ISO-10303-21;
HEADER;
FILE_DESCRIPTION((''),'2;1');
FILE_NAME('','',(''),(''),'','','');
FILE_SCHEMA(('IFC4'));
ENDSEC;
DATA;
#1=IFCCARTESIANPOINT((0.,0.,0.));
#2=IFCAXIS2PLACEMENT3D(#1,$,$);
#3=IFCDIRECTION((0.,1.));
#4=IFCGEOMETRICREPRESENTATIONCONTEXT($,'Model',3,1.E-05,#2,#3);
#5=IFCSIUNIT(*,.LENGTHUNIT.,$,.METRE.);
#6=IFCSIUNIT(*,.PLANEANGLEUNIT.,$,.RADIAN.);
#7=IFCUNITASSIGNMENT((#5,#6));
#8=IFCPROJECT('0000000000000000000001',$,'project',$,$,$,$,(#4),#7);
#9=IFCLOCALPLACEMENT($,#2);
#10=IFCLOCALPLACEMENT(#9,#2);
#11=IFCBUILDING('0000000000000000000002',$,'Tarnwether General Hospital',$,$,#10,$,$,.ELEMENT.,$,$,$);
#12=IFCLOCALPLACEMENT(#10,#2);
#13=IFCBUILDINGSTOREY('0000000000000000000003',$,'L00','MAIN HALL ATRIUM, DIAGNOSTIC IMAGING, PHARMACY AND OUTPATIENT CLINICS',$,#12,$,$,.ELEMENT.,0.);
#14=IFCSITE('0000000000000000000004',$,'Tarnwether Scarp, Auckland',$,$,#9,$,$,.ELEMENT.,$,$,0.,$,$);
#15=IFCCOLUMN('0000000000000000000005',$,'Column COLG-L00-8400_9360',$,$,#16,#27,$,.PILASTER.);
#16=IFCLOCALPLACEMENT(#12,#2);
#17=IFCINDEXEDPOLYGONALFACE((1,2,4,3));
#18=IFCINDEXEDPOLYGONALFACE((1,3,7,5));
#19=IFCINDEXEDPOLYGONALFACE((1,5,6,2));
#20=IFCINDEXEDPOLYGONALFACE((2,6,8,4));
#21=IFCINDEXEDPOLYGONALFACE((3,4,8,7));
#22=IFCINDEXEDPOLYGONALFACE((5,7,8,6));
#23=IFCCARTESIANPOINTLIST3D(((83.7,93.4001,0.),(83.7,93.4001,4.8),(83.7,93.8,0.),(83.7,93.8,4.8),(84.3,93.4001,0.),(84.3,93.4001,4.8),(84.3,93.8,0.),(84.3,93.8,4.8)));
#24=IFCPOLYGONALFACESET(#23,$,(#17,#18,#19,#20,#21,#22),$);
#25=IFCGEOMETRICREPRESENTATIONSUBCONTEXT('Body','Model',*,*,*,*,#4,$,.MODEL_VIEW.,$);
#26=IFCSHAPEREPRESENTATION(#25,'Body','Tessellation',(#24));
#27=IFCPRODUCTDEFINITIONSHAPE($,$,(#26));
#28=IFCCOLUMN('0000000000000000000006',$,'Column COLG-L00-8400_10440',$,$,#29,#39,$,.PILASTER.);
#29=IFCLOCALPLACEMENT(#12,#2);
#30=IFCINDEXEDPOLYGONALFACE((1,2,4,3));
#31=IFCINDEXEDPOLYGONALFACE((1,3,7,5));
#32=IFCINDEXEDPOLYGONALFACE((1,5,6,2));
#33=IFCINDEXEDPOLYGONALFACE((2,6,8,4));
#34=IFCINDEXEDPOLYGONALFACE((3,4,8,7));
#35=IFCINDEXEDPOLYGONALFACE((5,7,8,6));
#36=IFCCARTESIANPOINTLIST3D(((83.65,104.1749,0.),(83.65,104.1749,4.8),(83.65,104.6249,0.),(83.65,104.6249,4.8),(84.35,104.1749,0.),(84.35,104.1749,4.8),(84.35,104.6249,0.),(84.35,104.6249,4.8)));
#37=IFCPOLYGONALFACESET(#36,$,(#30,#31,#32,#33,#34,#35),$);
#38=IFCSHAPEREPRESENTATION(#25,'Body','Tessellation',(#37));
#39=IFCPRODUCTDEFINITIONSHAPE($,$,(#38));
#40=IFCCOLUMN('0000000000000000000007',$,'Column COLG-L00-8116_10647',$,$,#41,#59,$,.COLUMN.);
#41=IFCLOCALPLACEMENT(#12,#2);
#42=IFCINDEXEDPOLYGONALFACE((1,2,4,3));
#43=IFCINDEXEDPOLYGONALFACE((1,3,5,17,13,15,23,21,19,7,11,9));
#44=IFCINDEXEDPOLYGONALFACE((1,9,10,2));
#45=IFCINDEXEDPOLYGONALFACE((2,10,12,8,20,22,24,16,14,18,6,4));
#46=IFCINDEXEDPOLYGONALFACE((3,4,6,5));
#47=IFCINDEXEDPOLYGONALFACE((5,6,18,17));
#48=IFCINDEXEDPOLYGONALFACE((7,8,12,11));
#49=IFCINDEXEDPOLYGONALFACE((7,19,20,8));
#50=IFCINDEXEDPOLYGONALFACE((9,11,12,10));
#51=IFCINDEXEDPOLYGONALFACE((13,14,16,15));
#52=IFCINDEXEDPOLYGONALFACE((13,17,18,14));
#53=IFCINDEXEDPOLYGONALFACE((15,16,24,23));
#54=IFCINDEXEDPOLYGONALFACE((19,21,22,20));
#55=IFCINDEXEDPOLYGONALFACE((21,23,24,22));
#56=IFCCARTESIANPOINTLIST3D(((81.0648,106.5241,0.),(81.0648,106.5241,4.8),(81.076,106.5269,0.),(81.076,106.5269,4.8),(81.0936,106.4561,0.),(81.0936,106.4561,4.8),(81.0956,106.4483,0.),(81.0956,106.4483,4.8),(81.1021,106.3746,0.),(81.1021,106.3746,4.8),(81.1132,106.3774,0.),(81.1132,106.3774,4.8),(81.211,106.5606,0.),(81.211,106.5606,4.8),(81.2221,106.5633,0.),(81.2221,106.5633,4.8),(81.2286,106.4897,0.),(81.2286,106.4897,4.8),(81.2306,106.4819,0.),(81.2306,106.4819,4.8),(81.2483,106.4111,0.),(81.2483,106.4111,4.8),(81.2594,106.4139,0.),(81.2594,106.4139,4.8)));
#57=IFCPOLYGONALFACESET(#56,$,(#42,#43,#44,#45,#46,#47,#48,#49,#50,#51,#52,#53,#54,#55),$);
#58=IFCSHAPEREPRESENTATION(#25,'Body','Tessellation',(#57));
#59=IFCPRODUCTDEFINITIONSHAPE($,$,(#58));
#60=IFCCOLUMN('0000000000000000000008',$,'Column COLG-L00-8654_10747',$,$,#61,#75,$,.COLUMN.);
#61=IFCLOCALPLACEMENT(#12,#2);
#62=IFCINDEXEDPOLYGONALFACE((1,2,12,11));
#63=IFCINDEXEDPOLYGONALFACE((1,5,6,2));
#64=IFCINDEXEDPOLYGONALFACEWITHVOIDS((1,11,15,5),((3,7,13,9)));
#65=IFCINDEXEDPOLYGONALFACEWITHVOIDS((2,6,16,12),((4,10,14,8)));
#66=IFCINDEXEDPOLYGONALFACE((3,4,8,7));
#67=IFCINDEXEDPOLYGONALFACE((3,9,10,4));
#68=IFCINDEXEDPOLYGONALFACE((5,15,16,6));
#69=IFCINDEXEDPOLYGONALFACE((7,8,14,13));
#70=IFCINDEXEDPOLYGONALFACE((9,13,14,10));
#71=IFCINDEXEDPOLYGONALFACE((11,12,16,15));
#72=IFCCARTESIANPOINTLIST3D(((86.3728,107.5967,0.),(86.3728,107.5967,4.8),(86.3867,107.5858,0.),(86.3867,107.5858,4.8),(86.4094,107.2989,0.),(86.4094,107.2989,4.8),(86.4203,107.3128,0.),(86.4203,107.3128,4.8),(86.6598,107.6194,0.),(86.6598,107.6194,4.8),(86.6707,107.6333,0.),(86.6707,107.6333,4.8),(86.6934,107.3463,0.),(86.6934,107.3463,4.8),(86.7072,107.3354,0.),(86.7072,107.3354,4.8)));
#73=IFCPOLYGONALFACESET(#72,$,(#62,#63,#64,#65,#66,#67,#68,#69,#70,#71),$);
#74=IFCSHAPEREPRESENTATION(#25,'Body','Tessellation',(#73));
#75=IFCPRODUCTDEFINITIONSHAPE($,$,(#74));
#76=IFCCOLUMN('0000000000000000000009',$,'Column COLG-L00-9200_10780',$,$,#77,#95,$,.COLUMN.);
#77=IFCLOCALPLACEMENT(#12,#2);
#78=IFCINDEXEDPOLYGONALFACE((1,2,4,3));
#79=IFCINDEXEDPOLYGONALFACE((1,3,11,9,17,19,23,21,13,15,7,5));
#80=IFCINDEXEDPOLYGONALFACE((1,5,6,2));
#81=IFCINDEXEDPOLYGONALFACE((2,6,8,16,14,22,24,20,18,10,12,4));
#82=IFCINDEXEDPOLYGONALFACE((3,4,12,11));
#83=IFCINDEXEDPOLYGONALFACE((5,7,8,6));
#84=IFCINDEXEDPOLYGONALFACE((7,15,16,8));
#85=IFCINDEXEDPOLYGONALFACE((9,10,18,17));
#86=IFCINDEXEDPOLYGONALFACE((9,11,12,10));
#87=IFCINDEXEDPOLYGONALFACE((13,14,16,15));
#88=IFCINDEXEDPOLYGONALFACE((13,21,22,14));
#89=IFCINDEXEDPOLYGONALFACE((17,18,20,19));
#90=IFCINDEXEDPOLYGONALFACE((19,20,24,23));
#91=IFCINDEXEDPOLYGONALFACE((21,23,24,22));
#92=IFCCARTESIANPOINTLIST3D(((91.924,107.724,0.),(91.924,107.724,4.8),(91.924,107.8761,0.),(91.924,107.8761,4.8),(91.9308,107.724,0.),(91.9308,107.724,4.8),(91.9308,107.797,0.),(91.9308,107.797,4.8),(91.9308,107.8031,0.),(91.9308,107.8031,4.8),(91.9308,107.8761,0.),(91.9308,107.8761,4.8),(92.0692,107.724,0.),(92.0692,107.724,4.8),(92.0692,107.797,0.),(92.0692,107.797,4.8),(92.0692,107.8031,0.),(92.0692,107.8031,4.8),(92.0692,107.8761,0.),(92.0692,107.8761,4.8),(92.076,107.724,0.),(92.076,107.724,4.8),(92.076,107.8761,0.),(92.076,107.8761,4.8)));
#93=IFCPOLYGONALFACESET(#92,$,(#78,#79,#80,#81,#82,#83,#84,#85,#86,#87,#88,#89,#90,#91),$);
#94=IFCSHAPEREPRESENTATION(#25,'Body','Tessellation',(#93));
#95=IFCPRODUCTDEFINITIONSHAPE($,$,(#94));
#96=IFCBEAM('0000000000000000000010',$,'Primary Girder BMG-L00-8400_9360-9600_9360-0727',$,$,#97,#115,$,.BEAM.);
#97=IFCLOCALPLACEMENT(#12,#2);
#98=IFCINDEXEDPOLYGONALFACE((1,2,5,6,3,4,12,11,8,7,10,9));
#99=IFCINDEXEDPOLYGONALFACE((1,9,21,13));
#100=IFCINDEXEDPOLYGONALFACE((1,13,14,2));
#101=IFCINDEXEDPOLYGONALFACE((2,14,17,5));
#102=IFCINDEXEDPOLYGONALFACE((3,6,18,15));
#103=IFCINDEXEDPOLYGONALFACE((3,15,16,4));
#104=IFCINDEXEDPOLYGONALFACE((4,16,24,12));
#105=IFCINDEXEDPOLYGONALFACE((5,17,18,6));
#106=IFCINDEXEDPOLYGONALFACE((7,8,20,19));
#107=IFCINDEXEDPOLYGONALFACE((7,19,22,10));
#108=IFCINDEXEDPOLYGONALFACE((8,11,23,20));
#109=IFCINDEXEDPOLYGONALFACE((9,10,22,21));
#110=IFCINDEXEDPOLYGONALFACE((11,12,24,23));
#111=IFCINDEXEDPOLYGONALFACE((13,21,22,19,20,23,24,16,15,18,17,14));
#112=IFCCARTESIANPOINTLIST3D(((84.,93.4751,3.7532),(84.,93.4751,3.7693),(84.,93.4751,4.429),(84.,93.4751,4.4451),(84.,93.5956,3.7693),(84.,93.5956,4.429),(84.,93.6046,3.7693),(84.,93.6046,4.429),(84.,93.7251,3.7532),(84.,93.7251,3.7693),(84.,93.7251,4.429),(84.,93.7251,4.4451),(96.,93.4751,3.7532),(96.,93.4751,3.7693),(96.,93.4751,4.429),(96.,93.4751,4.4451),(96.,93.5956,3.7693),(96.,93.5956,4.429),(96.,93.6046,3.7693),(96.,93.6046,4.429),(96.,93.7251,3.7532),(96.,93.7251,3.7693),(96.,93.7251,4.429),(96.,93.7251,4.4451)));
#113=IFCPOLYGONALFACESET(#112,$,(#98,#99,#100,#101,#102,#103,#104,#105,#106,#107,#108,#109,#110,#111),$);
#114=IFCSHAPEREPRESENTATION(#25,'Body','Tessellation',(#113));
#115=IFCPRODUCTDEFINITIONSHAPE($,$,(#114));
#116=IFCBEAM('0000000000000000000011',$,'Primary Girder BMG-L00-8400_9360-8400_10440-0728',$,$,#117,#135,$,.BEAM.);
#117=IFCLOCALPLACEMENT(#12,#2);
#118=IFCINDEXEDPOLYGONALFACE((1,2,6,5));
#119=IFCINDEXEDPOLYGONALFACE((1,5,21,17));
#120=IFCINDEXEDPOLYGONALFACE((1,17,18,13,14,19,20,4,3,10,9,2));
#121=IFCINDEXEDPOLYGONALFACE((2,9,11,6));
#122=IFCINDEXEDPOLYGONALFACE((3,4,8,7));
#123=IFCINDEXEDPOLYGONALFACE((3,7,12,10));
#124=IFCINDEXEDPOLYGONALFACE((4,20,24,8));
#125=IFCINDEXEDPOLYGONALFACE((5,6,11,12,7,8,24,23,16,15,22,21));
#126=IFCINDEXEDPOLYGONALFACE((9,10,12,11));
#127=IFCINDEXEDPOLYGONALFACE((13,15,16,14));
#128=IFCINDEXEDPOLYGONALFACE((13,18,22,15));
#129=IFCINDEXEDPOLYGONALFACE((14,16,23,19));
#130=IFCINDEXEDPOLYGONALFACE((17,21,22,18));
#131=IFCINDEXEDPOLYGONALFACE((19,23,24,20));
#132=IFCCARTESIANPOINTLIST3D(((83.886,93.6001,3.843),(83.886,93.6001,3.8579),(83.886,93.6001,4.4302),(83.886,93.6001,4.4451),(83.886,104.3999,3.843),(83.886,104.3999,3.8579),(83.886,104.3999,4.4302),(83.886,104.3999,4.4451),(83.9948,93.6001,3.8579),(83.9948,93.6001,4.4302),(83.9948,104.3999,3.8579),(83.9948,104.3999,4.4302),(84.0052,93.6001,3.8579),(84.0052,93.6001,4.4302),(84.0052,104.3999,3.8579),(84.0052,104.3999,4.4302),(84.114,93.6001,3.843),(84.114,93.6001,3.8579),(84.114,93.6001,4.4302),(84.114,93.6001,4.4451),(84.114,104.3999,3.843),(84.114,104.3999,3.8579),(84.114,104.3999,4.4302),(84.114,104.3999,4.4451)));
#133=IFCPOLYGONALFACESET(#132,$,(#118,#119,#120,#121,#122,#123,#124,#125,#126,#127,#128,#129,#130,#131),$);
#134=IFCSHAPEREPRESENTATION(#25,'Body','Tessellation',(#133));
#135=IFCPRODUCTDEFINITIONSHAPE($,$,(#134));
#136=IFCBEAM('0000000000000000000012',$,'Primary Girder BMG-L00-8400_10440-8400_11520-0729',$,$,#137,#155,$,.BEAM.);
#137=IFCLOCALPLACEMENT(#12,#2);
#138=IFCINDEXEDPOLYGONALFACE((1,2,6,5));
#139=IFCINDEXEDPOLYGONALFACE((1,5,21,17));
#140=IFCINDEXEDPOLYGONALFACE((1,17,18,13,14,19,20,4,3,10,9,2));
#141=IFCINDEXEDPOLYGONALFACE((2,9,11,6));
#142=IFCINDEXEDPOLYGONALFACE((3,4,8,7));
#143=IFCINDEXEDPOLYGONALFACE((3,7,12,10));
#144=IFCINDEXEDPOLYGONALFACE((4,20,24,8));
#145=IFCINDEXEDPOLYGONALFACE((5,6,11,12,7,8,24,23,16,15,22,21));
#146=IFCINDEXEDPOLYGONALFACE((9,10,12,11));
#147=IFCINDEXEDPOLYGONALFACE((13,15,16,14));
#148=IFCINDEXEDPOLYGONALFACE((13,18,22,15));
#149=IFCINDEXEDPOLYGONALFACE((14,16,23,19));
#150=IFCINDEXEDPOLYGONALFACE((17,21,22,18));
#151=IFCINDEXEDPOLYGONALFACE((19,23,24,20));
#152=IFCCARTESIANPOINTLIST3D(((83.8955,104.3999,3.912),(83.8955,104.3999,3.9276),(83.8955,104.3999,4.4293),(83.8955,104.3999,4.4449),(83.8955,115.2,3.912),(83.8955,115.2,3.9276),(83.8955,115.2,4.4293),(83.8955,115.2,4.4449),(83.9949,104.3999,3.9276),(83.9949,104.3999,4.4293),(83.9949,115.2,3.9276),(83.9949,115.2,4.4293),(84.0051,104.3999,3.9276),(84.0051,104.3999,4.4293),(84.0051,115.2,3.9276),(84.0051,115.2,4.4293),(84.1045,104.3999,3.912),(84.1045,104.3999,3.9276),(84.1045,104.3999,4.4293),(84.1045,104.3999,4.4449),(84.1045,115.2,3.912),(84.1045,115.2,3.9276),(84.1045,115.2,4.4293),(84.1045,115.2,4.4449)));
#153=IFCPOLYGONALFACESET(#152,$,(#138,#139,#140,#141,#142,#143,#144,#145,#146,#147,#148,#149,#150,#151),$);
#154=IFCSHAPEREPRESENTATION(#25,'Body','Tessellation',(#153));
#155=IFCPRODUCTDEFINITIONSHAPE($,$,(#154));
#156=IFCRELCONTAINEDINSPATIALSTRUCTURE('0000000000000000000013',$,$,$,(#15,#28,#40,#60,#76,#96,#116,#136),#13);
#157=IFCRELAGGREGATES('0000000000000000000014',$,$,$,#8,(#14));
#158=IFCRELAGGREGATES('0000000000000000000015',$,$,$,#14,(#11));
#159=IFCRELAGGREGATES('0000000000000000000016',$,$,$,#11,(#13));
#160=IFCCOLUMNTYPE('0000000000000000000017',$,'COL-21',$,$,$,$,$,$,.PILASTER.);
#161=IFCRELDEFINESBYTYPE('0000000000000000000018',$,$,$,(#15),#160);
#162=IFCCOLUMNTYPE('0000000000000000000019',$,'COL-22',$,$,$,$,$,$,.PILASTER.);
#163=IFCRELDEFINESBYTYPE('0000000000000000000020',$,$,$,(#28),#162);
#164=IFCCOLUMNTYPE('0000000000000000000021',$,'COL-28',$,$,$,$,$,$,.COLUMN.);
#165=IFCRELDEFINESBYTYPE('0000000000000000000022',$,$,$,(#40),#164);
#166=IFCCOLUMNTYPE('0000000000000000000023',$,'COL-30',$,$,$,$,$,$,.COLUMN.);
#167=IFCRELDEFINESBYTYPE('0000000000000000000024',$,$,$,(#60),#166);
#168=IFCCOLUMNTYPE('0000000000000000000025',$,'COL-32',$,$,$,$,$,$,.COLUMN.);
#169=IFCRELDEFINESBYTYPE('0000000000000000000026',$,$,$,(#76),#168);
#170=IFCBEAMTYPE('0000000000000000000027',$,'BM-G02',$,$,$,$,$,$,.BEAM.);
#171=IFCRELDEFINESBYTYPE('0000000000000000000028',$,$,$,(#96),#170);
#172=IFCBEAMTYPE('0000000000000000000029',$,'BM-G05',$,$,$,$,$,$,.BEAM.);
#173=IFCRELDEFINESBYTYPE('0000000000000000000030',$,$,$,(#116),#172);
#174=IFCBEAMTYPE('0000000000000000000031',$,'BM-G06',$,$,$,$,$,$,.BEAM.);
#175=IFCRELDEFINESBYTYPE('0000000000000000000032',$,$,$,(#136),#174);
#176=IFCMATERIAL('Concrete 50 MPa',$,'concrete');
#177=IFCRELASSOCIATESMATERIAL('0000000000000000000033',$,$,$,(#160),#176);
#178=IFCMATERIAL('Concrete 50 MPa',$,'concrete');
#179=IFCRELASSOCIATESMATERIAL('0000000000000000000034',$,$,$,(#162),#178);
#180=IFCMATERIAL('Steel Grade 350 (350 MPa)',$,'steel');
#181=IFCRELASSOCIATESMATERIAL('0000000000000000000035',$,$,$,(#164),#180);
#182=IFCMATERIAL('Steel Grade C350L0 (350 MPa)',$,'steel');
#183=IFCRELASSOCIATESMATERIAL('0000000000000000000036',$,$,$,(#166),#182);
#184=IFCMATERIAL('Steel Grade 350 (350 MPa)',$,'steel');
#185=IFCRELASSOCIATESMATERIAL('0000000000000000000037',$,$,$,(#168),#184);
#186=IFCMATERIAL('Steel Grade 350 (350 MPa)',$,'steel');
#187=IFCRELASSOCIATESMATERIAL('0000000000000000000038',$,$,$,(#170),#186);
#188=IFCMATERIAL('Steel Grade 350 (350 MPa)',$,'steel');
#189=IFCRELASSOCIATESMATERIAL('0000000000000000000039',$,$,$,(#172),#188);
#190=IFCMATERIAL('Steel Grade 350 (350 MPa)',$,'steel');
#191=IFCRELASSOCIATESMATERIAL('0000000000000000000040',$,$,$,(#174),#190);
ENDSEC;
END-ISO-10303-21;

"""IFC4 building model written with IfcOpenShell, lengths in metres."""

from ifc_helpers import new_model, si_unit, direction, frame, origin, origin_2d, place, context, subcontext, project, spatial, rectangle, hollow_rectangle, i_section, extrude, material, material_profile, profile_set, type_object, element, save


model = new_model("IFC4")

# Units and contexts
model_context = context("Model", 3, precision=1e-05, world=origin(), true_north=direction((0.0, 1.0)))
body_context = subcontext(model_context, "Body", "Model", "MODEL_VIEW")
ifc_project = project(units=[si_unit("LENGTHUNIT", "METRE"), si_unit("PLANEANGLEUNIT", "RADIAN")], contexts=[model_context])

# Site, building, storey
site_placement = place(None, origin())
site = spatial("IfcSite", under=ifc_project, at=site_placement, Name="Tarnwether Scarp, Auckland", CompositionType="ELEMENT", RefElevation=0.0)
building_placement = place(site_placement, origin())
building = spatial("IfcBuilding", under=site, at=building_placement, Name="Tarnwether General Hospital", CompositionType="ELEMENT")
storey_placement = place(building_placement, origin())
storey = spatial("IfcBuildingStorey", under=building, at=storey_placement, Name="L00", Description="MAIN HALL ATRIUM, DIAGNOSTIC IMAGING, PHARMACY AND OUTPATIENT CLINICS", CompositionType="ELEMENT", Elevation=0.0)

# Columns
ifc_material_1 = material(Name="Concrete 50 MPa", Category="concrete")
ifc_material_profile_1 = material_profile(ifc_material_1, rectangle(XDim=0.3999, YDim=0.6001, at=origin_2d()), Name="RC-PIL-400x600")
ifc_profile_set_1 = profile_set([ifc_material_profile_1], Name="Concrete 50 MPa")
column_type_1 = type_object("IfcColumnType", Name="COL-21", PredefinedType="PILASTER", material=ifc_profile_set_1)
column_1_placement = place(storey_placement, frame((84.0, 93.6001, 0.0), z_axis=(0.0, 0.0, 1.0), x_axis=(0.0, 1.0, 0.0)))
element("IfcColumn", 1, at=column_1_placement, inside=storey, type_object=column_type_1, Name="Column COLG-L00-8400_9360", PredefinedType="PILASTER", context=body_context, shape_type="SweptSolid", body=[
    extrude(rectangle(XDim=0.3999, YDim=0.6001, at=origin_2d()), origin(), (0.0, 0.0, 1.0), 4.8),
])
ifc_material_2 = material(Name="Concrete 50 MPa", Category="concrete")
ifc_material_profile_2 = material_profile(ifc_material_2, rectangle(XDim=0.45, YDim=0.7, at=origin_2d()), Name="RC-PIL-450x700")
ifc_profile_set_2 = profile_set([ifc_material_profile_2], Name="Concrete 50 MPa")
column_type_2 = type_object("IfcColumnType", Name="COL-22", PredefinedType="PILASTER", material=ifc_profile_set_2)
column_2_placement = place(storey_placement, frame((84.0, 104.3999, 0.0), z_axis=(0.0, 0.0, 1.0), x_axis=(0.0, 1.0, 0.0)))
element("IfcColumn", 2, at=column_2_placement, inside=storey, type_object=column_type_2, Name="Column COLG-L00-8400_10440", PredefinedType="PILASTER", context=body_context, shape_type="SweptSolid", body=[
    extrude(rectangle(XDim=0.45, YDim=0.7, at=origin_2d()), origin(), (0.0, 0.0, 1.0), 4.8),
])
ifc_material_3 = material(Name="Steel Grade 350 (350 MPa)", Category="steel")
ifc_material_profile_3 = material_profile(ifc_material_3, i_section(OverallWidth=0.1541, OverallDepth=0.1621, WebThickness=0.0081, FlangeThickness=0.0115, at=origin_2d()), Name="150UC37.2")
ifc_profile_set_3 = profile_set([ifc_material_profile_3], Name="Steel Grade 350 (350 MPa)")
column_type_3 = type_object("IfcColumnType", Name="COL-28", PredefinedType="COLUMN", material=ifc_profile_set_3)
column_3_placement = place(storey_placement, frame((81.1621, 106.469, 0.0), z_axis=(0.0, 0.0, 1.0), x_axis=(-0.241922, 0.970296, 0.0)))
element("IfcColumn", 3, at=column_3_placement, inside=storey, type_object=column_type_3, Name="Column COLG-L00-8116_10647", PredefinedType="COLUMN", context=body_context, shape_type="SweptSolid", body=[
    extrude(i_section(OverallWidth=0.1541, OverallDepth=0.1621, WebThickness=0.0081, FlangeThickness=0.0115, at=origin_2d()), origin(), (0.0, 0.0, 1.0), 4.8),
])
ifc_material_4 = material(Name="Steel Grade C350L0 (350 MPa)", Category="steel")
ifc_material_profile_4 = material_profile(ifc_material_4, hollow_rectangle(XDim=0.3, YDim=0.3, WallThickness=0.0125, at=origin_2d()), Name="SHS300x300x12.5")
ifc_profile_set_4 = profile_set([ifc_material_profile_4], Name="Steel Grade C350L0 (350 MPa)")
column_type_4 = type_object("IfcColumnType", Name="COL-30", PredefinedType="COLUMN", material=ifc_profile_set_4)
column_4_placement = place(storey_placement, frame((86.54, 107.4661, 0.0), z_axis=(0.0, 0.0, 1.0), x_axis=(-0.121869, 0.992546, 0.0)))
element("IfcColumn", 4, at=column_4_placement, inside=storey, type_object=column_type_4, Name="Column COLG-L00-8654_10747", PredefinedType="COLUMN", context=body_context, shape_type="SweptSolid", body=[
    extrude(hollow_rectangle(XDim=0.3, YDim=0.3, WallThickness=0.0125, at=origin_2d()), origin(), (0.0, 0.0, 1.0), 4.8),
])
ifc_material_5 = material(Name="Steel Grade 350 (350 MPa)", Category="steel")
ifc_material_profile_5 = material_profile(ifc_material_5, i_section(OverallWidth=0.1521, OverallDepth=0.1521, WebThickness=0.0061, FlangeThickness=0.0068, at=origin_2d()), Name="150UC23.4")
ifc_profile_set_5 = profile_set([ifc_material_profile_5], Name="Steel Grade 350 (350 MPa)")
column_type_5 = type_object("IfcColumnType", Name="COL-32", PredefinedType="COLUMN", material=ifc_profile_set_5)
column_5_placement = place(storey_placement, frame((92.0, 107.8, 0.0), z_axis=(0.0, 0.0, 1.0), x_axis=(0.0, 1.0, 0.0)))
element("IfcColumn", 5, at=column_5_placement, inside=storey, type_object=column_type_5, Name="Column COLG-L00-9200_10780", PredefinedType="COLUMN", context=body_context, shape_type="SweptSolid", body=[
    extrude(i_section(OverallWidth=0.1521, OverallDepth=0.1521, WebThickness=0.0061, FlangeThickness=0.0068, at=origin_2d()), origin(), (0.0, 0.0, 1.0), 4.8),
])

# Beams
ifc_material_6 = material(Name="Steel Grade 350 (350 MPa)", Category="steel")
ifc_material_profile_6 = material_profile(ifc_material_6, i_section(OverallWidth=0.25, OverallDepth=0.6919, WebThickness=0.009, FlangeThickness=0.0161, at=origin_2d()), Name="700WB115")
ifc_profile_set_6 = profile_set([ifc_material_profile_6], Name="Steel Grade 350 (350 MPa)")
beam_type_1 = type_object("IfcBeamType", Name="BM-G02", PredefinedType="BEAM", material=ifc_profile_set_6)
beam_1_placement = place(storey_placement, frame((84.0, 93.6001, 4.0991), z_axis=(1.0, 0.0, 0.0), x_axis=(0.0, 1.0, 0.0)))
element("IfcBeam", 6, at=beam_1_placement, inside=storey, type_object=beam_type_1, Name="Primary Girder BMG-L00-8400_9360-9600_9360-0727", PredefinedType="BEAM", context=body_context, shape_type="SweptSolid", body=[
    extrude(i_section(OverallWidth=0.25, OverallDepth=0.6919, WebThickness=0.009, FlangeThickness=0.0161, at=origin_2d()), origin(), (0.0, 0.0, 1.0), 12.0),
])
ifc_material_7 = material(Name="Steel Grade 350 (350 MPa)", Category="steel")
ifc_material_profile_7 = material_profile(ifc_material_7, i_section(OverallWidth=0.228, OverallDepth=0.6021, WebThickness=0.0105, FlangeThickness=0.0149, at=origin_2d()), Name="610UB101")
ifc_profile_set_7 = profile_set([ifc_material_profile_7], Name="Steel Grade 350 (350 MPa)")
beam_type_2 = type_object("IfcBeamType", Name="BM-G05", PredefinedType="BEAM", material=ifc_profile_set_7)
beam_2_placement = place(storey_placement, frame((84.0, 93.6001, 4.144), z_axis=(0.0, 1.0, 0.0), x_axis=(-1.0, 0.0, 0.0)))
element("IfcBeam", 7, at=beam_2_placement, inside=storey, type_object=beam_type_2, Name="Primary Girder BMG-L00-8400_9360-8400_10440-0728", PredefinedType="BEAM", context=body_context, shape_type="SweptSolid", body=[
    extrude(i_section(OverallWidth=0.228, OverallDepth=0.6021, WebThickness=0.0105, FlangeThickness=0.0149, at=origin_2d()), origin(), (0.0, 0.0, 1.0), 10.7998),
])
ifc_material_8 = material(Name="Steel Grade 350 (350 MPa)", Category="steel")
ifc_material_profile_8 = material_profile(ifc_material_8, i_section(OverallWidth=0.209, OverallDepth=0.533, WebThickness=0.0103, FlangeThickness=0.0156, at=origin_2d()), Name="530UB92.4")
ifc_profile_set_8 = profile_set([ifc_material_profile_8], Name="Steel Grade 350 (350 MPa)")
beam_type_3 = type_object("IfcBeamType", Name="BM-G06", PredefinedType="BEAM", material=ifc_profile_set_8)
beam_3_placement = place(storey_placement, frame((84.0, 104.3999, 4.1785), z_axis=(0.0, 1.0, 0.0), x_axis=(-1.0, 0.0, 0.0)))
element("IfcBeam", 8, at=beam_3_placement, inside=storey, type_object=beam_type_3, Name="Primary Girder BMG-L00-8400_10440-8400_11520-0729", PredefinedType="BEAM", context=body_context, shape_type="SweptSolid", body=[
    extrude(i_section(OverallWidth=0.209, OverallDepth=0.533, WebThickness=0.0103, FlangeThickness=0.0156, at=origin_2d()), origin(), (0.0, 0.0, 1.0), 10.8),
])

save(model, "model.ifc")
